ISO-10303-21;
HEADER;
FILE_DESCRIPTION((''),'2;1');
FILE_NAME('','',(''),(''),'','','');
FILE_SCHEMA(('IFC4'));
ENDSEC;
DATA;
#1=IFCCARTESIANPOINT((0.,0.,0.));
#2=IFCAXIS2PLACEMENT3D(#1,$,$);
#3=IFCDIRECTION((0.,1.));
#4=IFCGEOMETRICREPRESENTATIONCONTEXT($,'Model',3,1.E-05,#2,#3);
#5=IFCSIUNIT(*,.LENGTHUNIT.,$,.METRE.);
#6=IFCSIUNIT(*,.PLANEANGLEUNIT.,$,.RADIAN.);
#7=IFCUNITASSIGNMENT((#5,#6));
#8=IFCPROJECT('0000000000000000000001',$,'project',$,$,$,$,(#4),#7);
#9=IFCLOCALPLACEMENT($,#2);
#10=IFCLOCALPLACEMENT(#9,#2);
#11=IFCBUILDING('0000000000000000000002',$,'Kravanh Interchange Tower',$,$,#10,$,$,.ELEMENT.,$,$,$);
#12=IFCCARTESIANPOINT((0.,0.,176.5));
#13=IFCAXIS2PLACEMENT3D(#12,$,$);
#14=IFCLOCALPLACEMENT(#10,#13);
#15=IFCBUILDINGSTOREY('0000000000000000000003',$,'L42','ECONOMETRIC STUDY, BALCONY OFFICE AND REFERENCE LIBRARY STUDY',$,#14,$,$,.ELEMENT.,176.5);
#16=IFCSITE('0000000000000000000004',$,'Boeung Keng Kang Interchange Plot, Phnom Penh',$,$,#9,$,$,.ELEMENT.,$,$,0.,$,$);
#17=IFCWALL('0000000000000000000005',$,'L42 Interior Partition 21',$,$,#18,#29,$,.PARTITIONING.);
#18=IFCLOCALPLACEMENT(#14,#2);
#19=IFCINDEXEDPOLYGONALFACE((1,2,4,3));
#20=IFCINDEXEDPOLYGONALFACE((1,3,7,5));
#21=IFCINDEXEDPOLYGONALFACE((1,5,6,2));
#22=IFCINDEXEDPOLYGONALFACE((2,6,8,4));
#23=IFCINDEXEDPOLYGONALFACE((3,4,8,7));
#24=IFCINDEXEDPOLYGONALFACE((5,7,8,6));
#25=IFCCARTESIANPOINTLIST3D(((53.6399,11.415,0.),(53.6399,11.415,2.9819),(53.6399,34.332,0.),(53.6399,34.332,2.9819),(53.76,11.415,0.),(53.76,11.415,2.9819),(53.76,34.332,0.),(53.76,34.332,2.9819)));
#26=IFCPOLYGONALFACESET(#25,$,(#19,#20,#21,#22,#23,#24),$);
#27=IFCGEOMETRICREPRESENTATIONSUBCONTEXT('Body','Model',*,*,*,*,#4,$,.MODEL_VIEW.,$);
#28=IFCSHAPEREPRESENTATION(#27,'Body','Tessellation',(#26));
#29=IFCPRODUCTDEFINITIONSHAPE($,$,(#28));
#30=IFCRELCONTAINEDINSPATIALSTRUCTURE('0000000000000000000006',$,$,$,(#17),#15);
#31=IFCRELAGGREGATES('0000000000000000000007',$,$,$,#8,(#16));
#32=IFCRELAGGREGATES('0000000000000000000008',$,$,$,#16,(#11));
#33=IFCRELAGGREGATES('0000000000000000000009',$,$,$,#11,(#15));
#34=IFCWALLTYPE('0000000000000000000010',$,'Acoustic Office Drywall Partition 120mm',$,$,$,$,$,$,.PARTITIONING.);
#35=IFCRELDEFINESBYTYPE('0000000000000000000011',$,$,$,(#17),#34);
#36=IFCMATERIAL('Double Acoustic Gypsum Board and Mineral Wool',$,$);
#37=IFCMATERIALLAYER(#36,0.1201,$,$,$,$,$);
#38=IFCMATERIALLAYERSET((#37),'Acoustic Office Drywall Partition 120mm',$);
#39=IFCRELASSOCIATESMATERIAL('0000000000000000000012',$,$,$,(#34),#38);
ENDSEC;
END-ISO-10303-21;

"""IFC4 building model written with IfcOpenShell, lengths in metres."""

from ifc_helpers import new_model, si_unit, direction, frame, frame_2d, origin, place, context, subcontext, project, spatial, rectangle, extrude, material, layer, layer_set, type_object, element, save


model = new_model("IFC4")

# Units and contexts
model_context = context("Model", 3, precision=1e-05, world=origin(), true_north=direction((0.0, 1.0)))
body_context = subcontext(model_context, "Body", "Model", "MODEL_VIEW")
ifc_project = project(units=[si_unit("LENGTHUNIT", "METRE"), si_unit("PLANEANGLEUNIT", "RADIAN")], contexts=[model_context])

# Site, building, storey
site_placement = place(None, origin())
site = spatial("IfcSite", under=ifc_project, at=site_placement, Name="Boeung Keng Kang Interchange Plot, Phnom Penh", CompositionType="ELEMENT", RefElevation=0.0)
building_placement = place(site_placement, origin())
building = spatial("IfcBuilding", under=site, at=building_placement, Name="Kravanh Interchange Tower", CompositionType="ELEMENT")
storey_placement = place(building_placement, frame((0.0, 0.0, 176.5)))
storey = spatial("IfcBuildingStorey", under=building, at=storey_placement, Name="L42", Description="ECONOMETRIC STUDY, BALCONY OFFICE AND REFERENCE LIBRARY STUDY", CompositionType="ELEMENT", Elevation=176.5)

# Wall
ifc_material_1 = material(Name="Double Acoustic Gypsum Board and Mineral Wool")
ifc_layer_1 = layer(ifc_material_1, 0.1201)
ifc_layer_set_1 = layer_set([ifc_layer_1], Name="Acoustic Office Drywall Partition 120mm")
wall_type = type_object("IfcWallType", Name="Acoustic Office Drywall Partition 120mm", PredefinedType="PARTITIONING", material=ifc_layer_set_1)
wall_1_placement = place(storey_placement, frame((53.7, 11.415, 0.0), z_axis=(0.0, 0.0, 1.0), x_axis=(0.0, 1.0, 0.0)))
element("IfcWall", 1, at=wall_1_placement, inside=storey, type_object=wall_type, Name="L42 Interior Partition 21", PredefinedType="PARTITIONING", context=body_context, shape_type="SweptSolid", body=[
    extrude(rectangle(XDim=22.917, YDim=0.1201, at=frame_2d((11.4585, 0.0))), origin(), (0.0, 0.0, 1.0), 2.9819),
])

save(model, "model.ifc")
